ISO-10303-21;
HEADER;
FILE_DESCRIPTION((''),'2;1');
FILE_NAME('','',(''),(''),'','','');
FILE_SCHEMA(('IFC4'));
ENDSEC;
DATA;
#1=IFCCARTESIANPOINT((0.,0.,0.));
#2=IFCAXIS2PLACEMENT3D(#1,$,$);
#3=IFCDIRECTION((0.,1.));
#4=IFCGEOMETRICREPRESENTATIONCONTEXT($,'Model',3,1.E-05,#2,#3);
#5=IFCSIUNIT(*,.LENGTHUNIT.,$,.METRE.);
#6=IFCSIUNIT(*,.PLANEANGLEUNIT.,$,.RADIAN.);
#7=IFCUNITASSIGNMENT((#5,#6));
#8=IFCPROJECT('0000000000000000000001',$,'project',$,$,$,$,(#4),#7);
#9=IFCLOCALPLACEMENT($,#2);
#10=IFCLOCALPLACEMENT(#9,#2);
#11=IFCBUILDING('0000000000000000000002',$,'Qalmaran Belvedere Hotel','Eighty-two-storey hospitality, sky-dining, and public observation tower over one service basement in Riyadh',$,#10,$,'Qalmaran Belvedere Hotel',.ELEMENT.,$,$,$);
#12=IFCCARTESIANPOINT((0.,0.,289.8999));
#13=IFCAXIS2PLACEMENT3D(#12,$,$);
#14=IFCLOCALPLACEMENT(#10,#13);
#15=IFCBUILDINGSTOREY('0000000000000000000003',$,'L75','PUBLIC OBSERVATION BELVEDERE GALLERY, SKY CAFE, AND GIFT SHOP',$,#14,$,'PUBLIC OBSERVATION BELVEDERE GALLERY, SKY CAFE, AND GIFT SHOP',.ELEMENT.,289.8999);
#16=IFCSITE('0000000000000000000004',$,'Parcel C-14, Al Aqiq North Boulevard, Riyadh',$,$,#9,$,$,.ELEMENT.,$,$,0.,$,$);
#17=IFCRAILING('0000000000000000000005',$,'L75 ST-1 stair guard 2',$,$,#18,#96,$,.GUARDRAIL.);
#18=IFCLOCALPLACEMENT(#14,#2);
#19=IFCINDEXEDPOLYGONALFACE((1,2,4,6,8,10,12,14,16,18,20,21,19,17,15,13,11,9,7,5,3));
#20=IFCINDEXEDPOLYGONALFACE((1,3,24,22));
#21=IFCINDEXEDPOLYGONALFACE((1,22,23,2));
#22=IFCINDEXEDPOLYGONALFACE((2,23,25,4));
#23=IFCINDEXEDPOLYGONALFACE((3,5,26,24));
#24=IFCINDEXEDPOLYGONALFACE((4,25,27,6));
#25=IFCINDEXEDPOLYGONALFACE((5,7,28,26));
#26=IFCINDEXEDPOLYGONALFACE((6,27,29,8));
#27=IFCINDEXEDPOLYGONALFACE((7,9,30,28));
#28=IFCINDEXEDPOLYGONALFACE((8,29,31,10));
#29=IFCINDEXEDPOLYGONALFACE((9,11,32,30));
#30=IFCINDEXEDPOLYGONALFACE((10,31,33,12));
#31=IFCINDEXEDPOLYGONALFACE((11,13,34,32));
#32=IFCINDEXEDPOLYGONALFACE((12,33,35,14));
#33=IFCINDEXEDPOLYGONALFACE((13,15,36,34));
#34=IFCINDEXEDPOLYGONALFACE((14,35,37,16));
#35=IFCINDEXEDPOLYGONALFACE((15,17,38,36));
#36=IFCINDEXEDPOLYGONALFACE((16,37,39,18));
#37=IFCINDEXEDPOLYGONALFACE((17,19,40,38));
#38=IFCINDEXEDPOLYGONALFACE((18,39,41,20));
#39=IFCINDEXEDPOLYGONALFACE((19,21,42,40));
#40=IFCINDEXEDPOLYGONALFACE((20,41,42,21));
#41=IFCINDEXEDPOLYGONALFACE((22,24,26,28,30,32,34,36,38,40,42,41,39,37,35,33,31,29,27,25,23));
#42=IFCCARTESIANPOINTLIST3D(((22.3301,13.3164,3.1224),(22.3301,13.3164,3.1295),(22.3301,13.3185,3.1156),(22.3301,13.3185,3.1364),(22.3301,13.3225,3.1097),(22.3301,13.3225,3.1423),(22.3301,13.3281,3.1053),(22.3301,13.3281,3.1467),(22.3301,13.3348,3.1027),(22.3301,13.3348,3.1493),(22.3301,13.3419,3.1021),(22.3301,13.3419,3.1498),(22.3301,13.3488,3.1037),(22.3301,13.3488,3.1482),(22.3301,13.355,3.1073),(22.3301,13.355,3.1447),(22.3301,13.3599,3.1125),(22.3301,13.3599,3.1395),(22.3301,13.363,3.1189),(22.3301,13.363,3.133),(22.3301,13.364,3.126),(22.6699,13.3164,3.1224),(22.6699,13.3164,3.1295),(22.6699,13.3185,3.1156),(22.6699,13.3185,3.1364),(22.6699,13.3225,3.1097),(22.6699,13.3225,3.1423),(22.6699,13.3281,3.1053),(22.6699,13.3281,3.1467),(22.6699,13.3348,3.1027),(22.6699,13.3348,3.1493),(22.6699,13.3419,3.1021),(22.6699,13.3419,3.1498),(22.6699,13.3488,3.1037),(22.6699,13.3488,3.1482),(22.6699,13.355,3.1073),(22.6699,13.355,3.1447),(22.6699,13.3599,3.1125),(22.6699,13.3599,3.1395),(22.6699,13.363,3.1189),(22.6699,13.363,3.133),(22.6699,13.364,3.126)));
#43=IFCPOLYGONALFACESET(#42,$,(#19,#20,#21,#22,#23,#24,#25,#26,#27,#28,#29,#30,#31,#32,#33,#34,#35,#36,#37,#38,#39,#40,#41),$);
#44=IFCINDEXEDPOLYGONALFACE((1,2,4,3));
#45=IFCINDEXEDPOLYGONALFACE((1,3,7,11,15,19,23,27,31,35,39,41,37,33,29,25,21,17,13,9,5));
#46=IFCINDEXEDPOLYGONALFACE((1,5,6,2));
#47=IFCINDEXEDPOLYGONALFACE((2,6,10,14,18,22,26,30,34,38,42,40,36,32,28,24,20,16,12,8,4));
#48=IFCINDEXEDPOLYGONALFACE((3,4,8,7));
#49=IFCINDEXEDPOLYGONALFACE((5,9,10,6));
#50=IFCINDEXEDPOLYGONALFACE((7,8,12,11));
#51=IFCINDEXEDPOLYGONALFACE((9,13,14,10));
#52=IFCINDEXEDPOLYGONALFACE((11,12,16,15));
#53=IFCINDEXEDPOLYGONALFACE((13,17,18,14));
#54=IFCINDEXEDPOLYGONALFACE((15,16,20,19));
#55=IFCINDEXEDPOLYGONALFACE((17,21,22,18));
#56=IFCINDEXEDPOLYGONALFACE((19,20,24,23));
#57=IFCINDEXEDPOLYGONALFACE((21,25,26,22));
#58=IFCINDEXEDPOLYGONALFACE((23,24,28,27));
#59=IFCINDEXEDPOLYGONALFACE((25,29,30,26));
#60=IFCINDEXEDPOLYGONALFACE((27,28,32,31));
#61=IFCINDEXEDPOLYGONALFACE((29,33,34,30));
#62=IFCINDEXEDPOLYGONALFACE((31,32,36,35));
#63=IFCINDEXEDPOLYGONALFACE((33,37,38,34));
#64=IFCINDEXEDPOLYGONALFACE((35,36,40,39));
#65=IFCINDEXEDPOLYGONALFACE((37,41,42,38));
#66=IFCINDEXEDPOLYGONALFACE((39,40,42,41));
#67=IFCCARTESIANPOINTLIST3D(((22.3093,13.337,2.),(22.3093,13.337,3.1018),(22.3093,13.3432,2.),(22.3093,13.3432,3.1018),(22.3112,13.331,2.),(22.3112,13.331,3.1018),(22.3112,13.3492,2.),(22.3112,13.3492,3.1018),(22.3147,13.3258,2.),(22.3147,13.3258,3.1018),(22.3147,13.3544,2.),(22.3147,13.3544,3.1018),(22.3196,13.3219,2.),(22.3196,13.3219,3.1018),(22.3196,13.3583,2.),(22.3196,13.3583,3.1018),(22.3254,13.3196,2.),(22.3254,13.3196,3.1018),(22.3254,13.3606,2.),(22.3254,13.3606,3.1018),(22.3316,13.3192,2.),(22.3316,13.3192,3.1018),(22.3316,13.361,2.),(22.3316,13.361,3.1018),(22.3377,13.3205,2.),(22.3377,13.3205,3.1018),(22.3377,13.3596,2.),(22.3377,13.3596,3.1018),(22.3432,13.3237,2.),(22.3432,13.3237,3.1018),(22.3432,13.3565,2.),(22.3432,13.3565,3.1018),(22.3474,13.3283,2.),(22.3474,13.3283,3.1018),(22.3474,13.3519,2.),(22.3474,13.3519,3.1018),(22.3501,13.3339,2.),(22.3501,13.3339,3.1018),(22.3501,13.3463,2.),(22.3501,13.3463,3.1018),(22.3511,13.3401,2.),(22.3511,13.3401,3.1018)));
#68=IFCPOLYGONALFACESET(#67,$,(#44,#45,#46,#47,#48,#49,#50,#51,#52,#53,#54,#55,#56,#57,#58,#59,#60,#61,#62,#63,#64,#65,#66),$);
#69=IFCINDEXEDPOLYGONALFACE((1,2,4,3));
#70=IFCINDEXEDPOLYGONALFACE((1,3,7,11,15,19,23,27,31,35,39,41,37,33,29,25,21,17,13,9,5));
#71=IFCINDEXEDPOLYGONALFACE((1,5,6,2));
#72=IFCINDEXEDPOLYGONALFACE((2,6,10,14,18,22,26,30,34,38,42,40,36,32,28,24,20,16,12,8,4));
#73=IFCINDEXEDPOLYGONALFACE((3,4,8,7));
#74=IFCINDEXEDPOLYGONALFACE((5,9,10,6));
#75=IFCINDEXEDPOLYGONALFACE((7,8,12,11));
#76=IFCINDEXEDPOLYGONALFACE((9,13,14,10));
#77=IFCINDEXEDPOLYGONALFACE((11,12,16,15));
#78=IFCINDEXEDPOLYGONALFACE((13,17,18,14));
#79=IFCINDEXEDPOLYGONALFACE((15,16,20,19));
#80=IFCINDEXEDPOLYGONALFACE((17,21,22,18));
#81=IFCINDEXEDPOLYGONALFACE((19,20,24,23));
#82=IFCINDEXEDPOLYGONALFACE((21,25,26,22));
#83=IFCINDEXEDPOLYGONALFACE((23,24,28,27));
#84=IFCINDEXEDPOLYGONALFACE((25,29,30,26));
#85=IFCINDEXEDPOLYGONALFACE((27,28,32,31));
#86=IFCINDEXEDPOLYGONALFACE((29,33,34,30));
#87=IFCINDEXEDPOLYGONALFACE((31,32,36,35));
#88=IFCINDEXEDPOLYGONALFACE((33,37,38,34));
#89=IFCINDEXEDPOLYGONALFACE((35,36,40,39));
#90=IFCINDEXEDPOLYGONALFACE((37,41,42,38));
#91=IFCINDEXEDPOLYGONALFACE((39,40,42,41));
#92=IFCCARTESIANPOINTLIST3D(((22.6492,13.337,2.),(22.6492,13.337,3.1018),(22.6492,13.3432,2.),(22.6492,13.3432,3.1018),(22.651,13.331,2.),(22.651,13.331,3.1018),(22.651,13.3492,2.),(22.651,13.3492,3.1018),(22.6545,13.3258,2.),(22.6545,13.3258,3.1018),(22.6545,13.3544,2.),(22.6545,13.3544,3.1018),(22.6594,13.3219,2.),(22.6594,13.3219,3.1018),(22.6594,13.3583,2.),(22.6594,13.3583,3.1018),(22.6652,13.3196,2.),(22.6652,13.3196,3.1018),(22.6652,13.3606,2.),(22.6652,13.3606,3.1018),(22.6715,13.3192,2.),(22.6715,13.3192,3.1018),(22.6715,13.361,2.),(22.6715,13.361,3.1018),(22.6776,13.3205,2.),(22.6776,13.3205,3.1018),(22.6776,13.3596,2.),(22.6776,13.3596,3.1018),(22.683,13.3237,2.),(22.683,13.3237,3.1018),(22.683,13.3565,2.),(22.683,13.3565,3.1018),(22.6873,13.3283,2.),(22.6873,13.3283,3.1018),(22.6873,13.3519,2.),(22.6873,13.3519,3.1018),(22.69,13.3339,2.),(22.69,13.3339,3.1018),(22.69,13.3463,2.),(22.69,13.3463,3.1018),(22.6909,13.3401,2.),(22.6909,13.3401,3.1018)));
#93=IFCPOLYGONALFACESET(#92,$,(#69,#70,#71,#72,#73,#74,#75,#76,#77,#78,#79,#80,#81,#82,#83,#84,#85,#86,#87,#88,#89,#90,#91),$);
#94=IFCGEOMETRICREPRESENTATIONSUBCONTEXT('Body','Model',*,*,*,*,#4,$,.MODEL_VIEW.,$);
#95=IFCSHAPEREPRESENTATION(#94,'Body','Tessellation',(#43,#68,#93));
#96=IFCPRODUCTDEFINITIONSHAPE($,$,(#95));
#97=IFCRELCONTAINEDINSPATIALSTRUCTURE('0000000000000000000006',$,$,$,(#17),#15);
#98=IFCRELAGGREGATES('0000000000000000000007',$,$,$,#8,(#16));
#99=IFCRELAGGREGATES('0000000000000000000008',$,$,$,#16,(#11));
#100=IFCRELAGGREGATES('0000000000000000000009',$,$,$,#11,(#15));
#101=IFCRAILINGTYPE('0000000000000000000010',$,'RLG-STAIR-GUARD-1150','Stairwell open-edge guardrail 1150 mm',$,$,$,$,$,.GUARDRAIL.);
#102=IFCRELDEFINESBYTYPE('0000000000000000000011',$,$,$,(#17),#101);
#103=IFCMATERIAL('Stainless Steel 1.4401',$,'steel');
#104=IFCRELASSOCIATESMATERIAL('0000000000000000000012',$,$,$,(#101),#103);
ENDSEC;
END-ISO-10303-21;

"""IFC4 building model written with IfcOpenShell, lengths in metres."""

from ifc_helpers import new_model, si_unit, direction, frame, origin, origin_2d, place, context, subcontext, project, spatial, circle, extrude, material, type_object, element, save


model = new_model("IFC4")

# Units and contexts
model_context = context("Model", 3, precision=1e-05, world=origin(), true_north=direction((0.0, 1.0)))
body_context = subcontext(model_context, "Body", "Model", "MODEL_VIEW")
ifc_project = project(units=[si_unit("LENGTHUNIT", "METRE"), si_unit("PLANEANGLEUNIT", "RADIAN")], contexts=[model_context])

# Site, building, storey
site_placement = place(None, origin())
site = spatial("IfcSite", under=ifc_project, at=site_placement, Name="Parcel C-14, Al Aqiq North Boulevard, Riyadh", CompositionType="ELEMENT", RefElevation=0.0)
building_placement = place(site_placement, origin())
building = spatial("IfcBuilding", under=site, at=building_placement, Name="Qalmaran Belvedere Hotel", Description="Eighty-two-storey hospitality, sky-dining, and public observation tower over one service basement in Riyadh", LongName="Qalmaran Belvedere Hotel", CompositionType="ELEMENT")
storey_placement = place(building_placement, frame((0.0, 0.0, 289.8999)))
storey = spatial("IfcBuildingStorey", under=building, at=storey_placement, Name="L75", Description="PUBLIC OBSERVATION BELVEDERE GALLERY, SKY CAFE, AND GIFT SHOP", LongName="PUBLIC OBSERVATION BELVEDERE GALLERY, SKY CAFE, AND GIFT SHOP", CompositionType="ELEMENT", Elevation=289.8999)

# Railing
ifc_material_1 = material(Name="Stainless Steel 1.4401", Category="steel")
railing_type_1 = type_object("IfcRailingType", Name="RLG-STAIR-GUARD-1150", Description="Stairwell open-edge guardrail 1150 mm", PredefinedType="GUARDRAIL", material=ifc_material_1)
railing_1_placement = place(storey_placement, frame((22.3301, 13.3401, 2.0)))
element("IfcRailing", 1, at=railing_1_placement, inside=storey, type_object=railing_type_1, Name="L75 ST-1 stair guard 2", PredefinedType="GUARDRAIL", context=body_context, shape_type="SweptSolid", body=[
    extrude(circle(Radius=0.0239, at=origin_2d()), frame((0.0, 0.0, 1.126), z_axis=(1.0, 0.0, 0.0), x_axis=(0.0, 1.0, 0.0)), (0.0, 0.0, 1.0), 0.3398),
    extrude(circle(Radius=0.021, at=origin_2d()), origin(), (0.0, 0.0, 1.0), 1.1018),
    extrude(circle(Radius=0.021, at=origin_2d()), frame((0.3398, 0.0, 0.0)), (0.0, 0.0, 1.0), 1.1018),
])

save(model, "model.ifc")
